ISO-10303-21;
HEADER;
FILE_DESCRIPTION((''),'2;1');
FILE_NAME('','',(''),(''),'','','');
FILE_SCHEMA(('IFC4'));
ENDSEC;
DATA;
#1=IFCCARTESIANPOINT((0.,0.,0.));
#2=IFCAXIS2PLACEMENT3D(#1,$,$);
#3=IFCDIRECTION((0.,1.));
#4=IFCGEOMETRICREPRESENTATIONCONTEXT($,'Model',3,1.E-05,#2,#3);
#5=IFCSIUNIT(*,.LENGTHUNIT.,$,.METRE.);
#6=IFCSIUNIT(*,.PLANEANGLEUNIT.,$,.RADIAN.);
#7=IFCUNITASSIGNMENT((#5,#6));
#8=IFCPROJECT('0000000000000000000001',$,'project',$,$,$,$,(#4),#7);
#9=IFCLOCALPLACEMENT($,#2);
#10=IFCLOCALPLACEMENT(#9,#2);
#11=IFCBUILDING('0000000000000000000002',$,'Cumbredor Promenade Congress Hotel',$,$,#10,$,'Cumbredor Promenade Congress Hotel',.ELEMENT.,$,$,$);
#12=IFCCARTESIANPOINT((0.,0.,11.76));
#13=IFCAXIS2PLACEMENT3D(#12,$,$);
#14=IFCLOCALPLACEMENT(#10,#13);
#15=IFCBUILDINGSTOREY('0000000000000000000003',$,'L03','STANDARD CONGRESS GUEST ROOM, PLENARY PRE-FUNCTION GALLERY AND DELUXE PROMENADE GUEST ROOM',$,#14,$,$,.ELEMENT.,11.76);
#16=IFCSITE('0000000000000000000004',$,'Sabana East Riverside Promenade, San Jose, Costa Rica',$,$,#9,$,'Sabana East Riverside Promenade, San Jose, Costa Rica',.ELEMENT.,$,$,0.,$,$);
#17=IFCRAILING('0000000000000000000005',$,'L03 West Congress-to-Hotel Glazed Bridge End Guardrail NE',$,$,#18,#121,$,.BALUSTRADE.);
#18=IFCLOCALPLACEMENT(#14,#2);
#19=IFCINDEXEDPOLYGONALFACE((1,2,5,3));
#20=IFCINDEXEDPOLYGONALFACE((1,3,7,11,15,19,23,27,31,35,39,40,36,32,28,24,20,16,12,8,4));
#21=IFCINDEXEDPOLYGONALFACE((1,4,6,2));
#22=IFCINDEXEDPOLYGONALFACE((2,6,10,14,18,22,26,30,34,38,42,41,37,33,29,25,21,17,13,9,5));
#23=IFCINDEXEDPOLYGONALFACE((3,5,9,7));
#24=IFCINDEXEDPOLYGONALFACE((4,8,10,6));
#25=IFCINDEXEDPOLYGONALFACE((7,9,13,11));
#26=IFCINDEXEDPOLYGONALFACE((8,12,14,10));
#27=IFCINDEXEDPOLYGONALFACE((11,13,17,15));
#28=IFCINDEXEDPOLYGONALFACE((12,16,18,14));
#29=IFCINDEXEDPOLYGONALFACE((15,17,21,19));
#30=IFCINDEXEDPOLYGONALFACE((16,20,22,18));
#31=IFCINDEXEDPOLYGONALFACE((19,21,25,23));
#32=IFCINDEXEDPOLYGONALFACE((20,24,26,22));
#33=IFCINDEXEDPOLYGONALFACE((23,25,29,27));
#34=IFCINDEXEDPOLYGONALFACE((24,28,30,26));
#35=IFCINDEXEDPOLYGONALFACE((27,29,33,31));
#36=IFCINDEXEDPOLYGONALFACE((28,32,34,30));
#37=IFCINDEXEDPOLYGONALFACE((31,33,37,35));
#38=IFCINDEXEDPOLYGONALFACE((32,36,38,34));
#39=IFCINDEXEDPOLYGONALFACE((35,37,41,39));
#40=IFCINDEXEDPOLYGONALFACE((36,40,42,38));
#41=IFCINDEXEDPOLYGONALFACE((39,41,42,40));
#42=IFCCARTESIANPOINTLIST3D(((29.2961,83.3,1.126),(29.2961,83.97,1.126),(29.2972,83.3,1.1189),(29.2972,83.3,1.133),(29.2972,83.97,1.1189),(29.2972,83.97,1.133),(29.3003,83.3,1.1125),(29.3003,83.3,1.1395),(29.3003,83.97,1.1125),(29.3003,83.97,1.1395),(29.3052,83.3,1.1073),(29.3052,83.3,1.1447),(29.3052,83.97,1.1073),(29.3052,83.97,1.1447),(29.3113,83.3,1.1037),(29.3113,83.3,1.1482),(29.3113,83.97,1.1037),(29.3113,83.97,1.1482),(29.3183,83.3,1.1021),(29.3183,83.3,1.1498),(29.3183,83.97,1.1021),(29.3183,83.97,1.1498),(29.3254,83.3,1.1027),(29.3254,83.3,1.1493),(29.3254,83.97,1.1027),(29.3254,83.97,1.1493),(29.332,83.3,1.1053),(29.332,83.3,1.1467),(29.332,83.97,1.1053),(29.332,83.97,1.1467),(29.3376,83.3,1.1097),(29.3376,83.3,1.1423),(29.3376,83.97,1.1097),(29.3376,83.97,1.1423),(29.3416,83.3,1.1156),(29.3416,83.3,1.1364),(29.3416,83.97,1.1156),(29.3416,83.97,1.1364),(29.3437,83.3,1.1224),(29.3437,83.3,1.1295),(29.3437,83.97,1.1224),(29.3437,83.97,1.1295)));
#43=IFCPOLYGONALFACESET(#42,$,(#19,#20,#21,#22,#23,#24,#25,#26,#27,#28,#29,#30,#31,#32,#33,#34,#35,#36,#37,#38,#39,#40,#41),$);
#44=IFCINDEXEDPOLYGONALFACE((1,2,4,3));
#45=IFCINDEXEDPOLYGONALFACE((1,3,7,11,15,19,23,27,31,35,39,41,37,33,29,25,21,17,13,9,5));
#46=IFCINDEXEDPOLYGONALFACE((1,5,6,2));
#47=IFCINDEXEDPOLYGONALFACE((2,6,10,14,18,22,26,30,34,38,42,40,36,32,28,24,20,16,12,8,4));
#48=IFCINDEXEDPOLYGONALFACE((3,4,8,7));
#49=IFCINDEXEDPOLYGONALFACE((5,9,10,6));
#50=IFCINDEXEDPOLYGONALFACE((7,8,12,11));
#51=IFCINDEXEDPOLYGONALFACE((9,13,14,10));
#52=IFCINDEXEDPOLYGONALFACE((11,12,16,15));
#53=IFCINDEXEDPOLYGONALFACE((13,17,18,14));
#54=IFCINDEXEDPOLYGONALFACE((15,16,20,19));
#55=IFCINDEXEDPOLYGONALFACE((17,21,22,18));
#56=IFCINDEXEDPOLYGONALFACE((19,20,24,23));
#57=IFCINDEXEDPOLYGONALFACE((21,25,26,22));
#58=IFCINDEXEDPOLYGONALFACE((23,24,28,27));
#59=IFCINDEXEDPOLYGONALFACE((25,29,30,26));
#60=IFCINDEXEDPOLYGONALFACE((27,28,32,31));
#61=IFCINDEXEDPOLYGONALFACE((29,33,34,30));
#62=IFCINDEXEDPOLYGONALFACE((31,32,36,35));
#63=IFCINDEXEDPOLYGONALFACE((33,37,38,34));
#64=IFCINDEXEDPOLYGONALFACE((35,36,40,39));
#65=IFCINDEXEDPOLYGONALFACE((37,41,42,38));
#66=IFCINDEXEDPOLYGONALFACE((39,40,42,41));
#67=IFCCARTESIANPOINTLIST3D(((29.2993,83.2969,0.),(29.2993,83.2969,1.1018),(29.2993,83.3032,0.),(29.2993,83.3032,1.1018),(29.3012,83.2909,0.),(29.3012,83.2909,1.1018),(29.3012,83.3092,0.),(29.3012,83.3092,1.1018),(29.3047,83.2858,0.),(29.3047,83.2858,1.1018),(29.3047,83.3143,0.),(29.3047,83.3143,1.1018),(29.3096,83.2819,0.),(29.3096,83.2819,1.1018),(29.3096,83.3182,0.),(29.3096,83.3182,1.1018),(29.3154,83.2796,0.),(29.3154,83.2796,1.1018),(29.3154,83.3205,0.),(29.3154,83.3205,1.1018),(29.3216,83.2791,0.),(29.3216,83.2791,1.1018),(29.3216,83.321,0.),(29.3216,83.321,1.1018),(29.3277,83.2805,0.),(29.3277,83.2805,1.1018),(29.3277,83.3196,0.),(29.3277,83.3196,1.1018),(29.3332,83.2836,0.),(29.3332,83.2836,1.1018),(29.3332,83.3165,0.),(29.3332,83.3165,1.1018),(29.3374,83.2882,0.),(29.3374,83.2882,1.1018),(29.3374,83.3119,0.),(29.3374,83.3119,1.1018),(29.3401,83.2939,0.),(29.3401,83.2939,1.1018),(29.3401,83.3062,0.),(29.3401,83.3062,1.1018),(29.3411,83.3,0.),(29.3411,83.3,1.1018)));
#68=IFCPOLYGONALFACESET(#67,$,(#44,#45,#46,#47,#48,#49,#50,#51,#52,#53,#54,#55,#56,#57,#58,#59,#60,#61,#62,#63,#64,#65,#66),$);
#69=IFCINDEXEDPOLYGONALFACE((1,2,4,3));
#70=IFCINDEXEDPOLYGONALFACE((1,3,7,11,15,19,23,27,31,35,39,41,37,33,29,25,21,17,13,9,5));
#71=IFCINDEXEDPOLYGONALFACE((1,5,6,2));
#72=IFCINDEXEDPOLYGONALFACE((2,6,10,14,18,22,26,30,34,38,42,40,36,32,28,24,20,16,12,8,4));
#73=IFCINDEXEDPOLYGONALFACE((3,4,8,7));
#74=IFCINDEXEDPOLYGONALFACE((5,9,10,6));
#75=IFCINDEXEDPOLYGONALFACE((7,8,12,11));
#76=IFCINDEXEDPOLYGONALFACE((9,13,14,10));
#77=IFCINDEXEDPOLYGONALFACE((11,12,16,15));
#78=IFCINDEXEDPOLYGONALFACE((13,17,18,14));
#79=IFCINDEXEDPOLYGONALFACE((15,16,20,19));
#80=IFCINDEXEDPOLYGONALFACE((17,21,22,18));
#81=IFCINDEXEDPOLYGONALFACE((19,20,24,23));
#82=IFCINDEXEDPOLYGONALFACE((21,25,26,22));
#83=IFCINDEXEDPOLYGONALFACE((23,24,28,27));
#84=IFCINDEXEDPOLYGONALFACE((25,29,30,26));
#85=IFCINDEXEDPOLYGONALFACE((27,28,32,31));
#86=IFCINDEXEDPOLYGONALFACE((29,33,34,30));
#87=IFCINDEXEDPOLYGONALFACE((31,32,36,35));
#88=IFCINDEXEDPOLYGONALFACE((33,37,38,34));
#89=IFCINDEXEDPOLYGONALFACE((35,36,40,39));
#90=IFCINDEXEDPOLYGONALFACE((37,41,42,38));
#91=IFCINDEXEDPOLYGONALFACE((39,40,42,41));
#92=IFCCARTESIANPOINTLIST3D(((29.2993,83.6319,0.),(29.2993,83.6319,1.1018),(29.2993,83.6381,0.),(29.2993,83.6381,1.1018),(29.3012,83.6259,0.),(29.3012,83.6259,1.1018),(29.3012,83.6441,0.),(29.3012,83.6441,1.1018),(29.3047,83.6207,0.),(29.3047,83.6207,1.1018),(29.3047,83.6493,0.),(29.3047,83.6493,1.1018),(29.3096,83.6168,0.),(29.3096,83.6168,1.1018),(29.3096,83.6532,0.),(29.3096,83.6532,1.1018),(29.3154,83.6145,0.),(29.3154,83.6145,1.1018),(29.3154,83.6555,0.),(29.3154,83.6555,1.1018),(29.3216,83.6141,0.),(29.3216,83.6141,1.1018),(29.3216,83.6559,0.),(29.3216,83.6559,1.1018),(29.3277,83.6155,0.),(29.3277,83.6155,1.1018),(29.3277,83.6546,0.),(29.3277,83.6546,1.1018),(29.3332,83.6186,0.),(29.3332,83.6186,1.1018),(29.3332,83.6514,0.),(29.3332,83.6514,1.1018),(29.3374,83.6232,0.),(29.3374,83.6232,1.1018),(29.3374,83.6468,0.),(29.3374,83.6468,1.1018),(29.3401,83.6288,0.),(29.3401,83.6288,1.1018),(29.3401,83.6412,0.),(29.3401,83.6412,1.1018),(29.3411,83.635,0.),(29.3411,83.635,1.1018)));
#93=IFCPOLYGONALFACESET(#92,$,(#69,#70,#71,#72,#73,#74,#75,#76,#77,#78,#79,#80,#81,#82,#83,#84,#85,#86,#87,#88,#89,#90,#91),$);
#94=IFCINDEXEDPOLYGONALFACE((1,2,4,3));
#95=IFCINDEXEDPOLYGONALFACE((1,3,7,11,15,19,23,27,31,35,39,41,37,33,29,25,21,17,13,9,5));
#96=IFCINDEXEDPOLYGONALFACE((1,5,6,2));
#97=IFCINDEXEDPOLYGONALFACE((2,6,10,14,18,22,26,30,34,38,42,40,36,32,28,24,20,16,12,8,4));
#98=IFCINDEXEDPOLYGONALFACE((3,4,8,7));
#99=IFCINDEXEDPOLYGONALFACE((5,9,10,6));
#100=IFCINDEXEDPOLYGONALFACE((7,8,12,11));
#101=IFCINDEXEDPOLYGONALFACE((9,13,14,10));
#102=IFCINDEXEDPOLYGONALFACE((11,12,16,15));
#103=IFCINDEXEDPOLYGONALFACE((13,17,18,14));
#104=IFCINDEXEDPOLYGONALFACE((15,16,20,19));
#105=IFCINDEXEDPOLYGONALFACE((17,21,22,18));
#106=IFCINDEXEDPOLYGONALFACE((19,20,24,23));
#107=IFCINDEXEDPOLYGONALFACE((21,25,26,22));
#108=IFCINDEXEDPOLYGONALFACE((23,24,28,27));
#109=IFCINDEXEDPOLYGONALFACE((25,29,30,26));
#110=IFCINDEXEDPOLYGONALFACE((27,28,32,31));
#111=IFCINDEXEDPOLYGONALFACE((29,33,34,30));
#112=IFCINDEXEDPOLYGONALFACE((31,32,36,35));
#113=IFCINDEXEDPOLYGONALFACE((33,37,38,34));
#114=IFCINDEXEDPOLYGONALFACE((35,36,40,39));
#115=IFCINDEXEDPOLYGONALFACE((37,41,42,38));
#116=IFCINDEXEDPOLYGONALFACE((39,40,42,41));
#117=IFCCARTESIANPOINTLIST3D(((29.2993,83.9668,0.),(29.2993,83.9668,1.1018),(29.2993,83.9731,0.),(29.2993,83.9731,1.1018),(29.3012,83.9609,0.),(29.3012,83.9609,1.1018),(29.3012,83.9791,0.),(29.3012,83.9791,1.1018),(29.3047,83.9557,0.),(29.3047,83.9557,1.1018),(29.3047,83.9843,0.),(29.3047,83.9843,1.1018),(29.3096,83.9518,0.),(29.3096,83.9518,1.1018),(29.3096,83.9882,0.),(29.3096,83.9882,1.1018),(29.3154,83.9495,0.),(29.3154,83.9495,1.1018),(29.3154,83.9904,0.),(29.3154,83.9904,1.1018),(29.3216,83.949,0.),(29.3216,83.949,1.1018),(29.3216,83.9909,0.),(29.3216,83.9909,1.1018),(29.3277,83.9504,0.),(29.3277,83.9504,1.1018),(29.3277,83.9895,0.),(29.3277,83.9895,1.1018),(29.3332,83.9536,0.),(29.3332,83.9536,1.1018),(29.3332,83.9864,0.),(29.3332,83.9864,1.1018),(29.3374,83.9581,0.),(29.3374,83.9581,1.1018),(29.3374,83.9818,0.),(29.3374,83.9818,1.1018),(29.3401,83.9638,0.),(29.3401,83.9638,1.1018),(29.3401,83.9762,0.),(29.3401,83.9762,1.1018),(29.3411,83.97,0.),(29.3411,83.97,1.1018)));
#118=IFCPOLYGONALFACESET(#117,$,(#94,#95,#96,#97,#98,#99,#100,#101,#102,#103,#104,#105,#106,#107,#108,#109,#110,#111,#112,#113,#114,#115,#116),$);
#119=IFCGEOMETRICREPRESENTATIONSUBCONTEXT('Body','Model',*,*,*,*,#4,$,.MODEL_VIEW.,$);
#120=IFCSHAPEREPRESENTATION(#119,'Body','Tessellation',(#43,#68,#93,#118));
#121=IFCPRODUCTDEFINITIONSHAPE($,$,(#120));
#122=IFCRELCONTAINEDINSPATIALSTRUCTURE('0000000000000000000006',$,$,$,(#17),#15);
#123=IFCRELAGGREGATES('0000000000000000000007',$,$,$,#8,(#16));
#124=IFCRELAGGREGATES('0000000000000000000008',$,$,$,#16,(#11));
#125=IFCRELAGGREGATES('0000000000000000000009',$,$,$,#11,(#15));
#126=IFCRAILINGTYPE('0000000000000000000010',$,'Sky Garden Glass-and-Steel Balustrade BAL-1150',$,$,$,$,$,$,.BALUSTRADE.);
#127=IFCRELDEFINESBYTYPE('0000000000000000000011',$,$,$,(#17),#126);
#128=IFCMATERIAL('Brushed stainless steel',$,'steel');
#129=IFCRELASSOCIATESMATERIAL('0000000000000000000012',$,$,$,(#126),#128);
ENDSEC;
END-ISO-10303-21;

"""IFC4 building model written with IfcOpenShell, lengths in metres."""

from ifc_helpers import new_model, si_unit, direction, frame, origin, origin_2d, place, context, subcontext, project, spatial, circle, extrude, material, type_object, element, save


model = new_model("IFC4")

# Units and contexts
model_context = context("Model", 3, precision=1e-05, world=origin(), true_north=direction((0.0, 1.0)))
body_context = subcontext(model_context, "Body", "Model", "MODEL_VIEW")
ifc_project = project(units=[si_unit("LENGTHUNIT", "METRE"), si_unit("PLANEANGLEUNIT", "RADIAN")], contexts=[model_context])

# Site, building, storey
site_placement = place(None, origin())
site = spatial("IfcSite", under=ifc_project, at=site_placement, Name="Sabana East Riverside Promenade, San Jose, Costa Rica", LongName="Sabana East Riverside Promenade, San Jose, Costa Rica", CompositionType="ELEMENT", RefElevation=0.0)
building_placement = place(site_placement, origin())
building = spatial("IfcBuilding", under=site, at=building_placement, Name="Cumbredor Promenade Congress Hotel", LongName="Cumbredor Promenade Congress Hotel", CompositionType="ELEMENT")
storey_placement = place(building_placement, frame((0.0, 0.0, 11.76)))
storey = spatial("IfcBuildingStorey", under=building, at=storey_placement, Name="L03", Description="STANDARD CONGRESS GUEST ROOM, PLENARY PRE-FUNCTION GALLERY AND DELUXE PROMENADE GUEST ROOM", CompositionType="ELEMENT", Elevation=11.76)

# Railing
ifc_material_1 = material(Name="Brushed stainless steel", Category="steel")
railing_type = type_object("IfcRailingType", Name="Sky Garden Glass-and-Steel Balustrade BAL-1150", PredefinedType="BALUSTRADE", material=ifc_material_1)
railing_placement = place(storey_placement, frame((29.3201, 83.3, 0.0)))
element("IfcRailing", 1, at=railing_placement, inside=storey, type_object=railing_type, Name="L03 West Congress-to-Hotel Glazed Bridge End Guardrail NE", PredefinedType="BALUSTRADE", context=body_context, shape_type="SweptSolid", body=[
    extrude(circle(Radius=0.0239, at=origin_2d()), frame((0.0, 0.0, 1.126), z_axis=(0.0, 1.0, 0.0), x_axis=(-1.0, 0.0, 0.0)), (0.0, 0.0, 1.0), 0.6699),
    extrude(circle(Radius=0.021, at=origin_2d()), origin(), (0.0, 0.0, 1.0), 1.1018),
    extrude(circle(Radius=0.021, at=origin_2d()), frame((0.0, 0.335, 0.0)), (0.0, 0.0, 1.0), 1.1018),
    extrude(circle(Radius=0.021, at=origin_2d()), frame((0.0, 0.6699, 0.0)), (0.0, 0.0, 1.0), 1.1018),
])

save(model, "model.ifc")
